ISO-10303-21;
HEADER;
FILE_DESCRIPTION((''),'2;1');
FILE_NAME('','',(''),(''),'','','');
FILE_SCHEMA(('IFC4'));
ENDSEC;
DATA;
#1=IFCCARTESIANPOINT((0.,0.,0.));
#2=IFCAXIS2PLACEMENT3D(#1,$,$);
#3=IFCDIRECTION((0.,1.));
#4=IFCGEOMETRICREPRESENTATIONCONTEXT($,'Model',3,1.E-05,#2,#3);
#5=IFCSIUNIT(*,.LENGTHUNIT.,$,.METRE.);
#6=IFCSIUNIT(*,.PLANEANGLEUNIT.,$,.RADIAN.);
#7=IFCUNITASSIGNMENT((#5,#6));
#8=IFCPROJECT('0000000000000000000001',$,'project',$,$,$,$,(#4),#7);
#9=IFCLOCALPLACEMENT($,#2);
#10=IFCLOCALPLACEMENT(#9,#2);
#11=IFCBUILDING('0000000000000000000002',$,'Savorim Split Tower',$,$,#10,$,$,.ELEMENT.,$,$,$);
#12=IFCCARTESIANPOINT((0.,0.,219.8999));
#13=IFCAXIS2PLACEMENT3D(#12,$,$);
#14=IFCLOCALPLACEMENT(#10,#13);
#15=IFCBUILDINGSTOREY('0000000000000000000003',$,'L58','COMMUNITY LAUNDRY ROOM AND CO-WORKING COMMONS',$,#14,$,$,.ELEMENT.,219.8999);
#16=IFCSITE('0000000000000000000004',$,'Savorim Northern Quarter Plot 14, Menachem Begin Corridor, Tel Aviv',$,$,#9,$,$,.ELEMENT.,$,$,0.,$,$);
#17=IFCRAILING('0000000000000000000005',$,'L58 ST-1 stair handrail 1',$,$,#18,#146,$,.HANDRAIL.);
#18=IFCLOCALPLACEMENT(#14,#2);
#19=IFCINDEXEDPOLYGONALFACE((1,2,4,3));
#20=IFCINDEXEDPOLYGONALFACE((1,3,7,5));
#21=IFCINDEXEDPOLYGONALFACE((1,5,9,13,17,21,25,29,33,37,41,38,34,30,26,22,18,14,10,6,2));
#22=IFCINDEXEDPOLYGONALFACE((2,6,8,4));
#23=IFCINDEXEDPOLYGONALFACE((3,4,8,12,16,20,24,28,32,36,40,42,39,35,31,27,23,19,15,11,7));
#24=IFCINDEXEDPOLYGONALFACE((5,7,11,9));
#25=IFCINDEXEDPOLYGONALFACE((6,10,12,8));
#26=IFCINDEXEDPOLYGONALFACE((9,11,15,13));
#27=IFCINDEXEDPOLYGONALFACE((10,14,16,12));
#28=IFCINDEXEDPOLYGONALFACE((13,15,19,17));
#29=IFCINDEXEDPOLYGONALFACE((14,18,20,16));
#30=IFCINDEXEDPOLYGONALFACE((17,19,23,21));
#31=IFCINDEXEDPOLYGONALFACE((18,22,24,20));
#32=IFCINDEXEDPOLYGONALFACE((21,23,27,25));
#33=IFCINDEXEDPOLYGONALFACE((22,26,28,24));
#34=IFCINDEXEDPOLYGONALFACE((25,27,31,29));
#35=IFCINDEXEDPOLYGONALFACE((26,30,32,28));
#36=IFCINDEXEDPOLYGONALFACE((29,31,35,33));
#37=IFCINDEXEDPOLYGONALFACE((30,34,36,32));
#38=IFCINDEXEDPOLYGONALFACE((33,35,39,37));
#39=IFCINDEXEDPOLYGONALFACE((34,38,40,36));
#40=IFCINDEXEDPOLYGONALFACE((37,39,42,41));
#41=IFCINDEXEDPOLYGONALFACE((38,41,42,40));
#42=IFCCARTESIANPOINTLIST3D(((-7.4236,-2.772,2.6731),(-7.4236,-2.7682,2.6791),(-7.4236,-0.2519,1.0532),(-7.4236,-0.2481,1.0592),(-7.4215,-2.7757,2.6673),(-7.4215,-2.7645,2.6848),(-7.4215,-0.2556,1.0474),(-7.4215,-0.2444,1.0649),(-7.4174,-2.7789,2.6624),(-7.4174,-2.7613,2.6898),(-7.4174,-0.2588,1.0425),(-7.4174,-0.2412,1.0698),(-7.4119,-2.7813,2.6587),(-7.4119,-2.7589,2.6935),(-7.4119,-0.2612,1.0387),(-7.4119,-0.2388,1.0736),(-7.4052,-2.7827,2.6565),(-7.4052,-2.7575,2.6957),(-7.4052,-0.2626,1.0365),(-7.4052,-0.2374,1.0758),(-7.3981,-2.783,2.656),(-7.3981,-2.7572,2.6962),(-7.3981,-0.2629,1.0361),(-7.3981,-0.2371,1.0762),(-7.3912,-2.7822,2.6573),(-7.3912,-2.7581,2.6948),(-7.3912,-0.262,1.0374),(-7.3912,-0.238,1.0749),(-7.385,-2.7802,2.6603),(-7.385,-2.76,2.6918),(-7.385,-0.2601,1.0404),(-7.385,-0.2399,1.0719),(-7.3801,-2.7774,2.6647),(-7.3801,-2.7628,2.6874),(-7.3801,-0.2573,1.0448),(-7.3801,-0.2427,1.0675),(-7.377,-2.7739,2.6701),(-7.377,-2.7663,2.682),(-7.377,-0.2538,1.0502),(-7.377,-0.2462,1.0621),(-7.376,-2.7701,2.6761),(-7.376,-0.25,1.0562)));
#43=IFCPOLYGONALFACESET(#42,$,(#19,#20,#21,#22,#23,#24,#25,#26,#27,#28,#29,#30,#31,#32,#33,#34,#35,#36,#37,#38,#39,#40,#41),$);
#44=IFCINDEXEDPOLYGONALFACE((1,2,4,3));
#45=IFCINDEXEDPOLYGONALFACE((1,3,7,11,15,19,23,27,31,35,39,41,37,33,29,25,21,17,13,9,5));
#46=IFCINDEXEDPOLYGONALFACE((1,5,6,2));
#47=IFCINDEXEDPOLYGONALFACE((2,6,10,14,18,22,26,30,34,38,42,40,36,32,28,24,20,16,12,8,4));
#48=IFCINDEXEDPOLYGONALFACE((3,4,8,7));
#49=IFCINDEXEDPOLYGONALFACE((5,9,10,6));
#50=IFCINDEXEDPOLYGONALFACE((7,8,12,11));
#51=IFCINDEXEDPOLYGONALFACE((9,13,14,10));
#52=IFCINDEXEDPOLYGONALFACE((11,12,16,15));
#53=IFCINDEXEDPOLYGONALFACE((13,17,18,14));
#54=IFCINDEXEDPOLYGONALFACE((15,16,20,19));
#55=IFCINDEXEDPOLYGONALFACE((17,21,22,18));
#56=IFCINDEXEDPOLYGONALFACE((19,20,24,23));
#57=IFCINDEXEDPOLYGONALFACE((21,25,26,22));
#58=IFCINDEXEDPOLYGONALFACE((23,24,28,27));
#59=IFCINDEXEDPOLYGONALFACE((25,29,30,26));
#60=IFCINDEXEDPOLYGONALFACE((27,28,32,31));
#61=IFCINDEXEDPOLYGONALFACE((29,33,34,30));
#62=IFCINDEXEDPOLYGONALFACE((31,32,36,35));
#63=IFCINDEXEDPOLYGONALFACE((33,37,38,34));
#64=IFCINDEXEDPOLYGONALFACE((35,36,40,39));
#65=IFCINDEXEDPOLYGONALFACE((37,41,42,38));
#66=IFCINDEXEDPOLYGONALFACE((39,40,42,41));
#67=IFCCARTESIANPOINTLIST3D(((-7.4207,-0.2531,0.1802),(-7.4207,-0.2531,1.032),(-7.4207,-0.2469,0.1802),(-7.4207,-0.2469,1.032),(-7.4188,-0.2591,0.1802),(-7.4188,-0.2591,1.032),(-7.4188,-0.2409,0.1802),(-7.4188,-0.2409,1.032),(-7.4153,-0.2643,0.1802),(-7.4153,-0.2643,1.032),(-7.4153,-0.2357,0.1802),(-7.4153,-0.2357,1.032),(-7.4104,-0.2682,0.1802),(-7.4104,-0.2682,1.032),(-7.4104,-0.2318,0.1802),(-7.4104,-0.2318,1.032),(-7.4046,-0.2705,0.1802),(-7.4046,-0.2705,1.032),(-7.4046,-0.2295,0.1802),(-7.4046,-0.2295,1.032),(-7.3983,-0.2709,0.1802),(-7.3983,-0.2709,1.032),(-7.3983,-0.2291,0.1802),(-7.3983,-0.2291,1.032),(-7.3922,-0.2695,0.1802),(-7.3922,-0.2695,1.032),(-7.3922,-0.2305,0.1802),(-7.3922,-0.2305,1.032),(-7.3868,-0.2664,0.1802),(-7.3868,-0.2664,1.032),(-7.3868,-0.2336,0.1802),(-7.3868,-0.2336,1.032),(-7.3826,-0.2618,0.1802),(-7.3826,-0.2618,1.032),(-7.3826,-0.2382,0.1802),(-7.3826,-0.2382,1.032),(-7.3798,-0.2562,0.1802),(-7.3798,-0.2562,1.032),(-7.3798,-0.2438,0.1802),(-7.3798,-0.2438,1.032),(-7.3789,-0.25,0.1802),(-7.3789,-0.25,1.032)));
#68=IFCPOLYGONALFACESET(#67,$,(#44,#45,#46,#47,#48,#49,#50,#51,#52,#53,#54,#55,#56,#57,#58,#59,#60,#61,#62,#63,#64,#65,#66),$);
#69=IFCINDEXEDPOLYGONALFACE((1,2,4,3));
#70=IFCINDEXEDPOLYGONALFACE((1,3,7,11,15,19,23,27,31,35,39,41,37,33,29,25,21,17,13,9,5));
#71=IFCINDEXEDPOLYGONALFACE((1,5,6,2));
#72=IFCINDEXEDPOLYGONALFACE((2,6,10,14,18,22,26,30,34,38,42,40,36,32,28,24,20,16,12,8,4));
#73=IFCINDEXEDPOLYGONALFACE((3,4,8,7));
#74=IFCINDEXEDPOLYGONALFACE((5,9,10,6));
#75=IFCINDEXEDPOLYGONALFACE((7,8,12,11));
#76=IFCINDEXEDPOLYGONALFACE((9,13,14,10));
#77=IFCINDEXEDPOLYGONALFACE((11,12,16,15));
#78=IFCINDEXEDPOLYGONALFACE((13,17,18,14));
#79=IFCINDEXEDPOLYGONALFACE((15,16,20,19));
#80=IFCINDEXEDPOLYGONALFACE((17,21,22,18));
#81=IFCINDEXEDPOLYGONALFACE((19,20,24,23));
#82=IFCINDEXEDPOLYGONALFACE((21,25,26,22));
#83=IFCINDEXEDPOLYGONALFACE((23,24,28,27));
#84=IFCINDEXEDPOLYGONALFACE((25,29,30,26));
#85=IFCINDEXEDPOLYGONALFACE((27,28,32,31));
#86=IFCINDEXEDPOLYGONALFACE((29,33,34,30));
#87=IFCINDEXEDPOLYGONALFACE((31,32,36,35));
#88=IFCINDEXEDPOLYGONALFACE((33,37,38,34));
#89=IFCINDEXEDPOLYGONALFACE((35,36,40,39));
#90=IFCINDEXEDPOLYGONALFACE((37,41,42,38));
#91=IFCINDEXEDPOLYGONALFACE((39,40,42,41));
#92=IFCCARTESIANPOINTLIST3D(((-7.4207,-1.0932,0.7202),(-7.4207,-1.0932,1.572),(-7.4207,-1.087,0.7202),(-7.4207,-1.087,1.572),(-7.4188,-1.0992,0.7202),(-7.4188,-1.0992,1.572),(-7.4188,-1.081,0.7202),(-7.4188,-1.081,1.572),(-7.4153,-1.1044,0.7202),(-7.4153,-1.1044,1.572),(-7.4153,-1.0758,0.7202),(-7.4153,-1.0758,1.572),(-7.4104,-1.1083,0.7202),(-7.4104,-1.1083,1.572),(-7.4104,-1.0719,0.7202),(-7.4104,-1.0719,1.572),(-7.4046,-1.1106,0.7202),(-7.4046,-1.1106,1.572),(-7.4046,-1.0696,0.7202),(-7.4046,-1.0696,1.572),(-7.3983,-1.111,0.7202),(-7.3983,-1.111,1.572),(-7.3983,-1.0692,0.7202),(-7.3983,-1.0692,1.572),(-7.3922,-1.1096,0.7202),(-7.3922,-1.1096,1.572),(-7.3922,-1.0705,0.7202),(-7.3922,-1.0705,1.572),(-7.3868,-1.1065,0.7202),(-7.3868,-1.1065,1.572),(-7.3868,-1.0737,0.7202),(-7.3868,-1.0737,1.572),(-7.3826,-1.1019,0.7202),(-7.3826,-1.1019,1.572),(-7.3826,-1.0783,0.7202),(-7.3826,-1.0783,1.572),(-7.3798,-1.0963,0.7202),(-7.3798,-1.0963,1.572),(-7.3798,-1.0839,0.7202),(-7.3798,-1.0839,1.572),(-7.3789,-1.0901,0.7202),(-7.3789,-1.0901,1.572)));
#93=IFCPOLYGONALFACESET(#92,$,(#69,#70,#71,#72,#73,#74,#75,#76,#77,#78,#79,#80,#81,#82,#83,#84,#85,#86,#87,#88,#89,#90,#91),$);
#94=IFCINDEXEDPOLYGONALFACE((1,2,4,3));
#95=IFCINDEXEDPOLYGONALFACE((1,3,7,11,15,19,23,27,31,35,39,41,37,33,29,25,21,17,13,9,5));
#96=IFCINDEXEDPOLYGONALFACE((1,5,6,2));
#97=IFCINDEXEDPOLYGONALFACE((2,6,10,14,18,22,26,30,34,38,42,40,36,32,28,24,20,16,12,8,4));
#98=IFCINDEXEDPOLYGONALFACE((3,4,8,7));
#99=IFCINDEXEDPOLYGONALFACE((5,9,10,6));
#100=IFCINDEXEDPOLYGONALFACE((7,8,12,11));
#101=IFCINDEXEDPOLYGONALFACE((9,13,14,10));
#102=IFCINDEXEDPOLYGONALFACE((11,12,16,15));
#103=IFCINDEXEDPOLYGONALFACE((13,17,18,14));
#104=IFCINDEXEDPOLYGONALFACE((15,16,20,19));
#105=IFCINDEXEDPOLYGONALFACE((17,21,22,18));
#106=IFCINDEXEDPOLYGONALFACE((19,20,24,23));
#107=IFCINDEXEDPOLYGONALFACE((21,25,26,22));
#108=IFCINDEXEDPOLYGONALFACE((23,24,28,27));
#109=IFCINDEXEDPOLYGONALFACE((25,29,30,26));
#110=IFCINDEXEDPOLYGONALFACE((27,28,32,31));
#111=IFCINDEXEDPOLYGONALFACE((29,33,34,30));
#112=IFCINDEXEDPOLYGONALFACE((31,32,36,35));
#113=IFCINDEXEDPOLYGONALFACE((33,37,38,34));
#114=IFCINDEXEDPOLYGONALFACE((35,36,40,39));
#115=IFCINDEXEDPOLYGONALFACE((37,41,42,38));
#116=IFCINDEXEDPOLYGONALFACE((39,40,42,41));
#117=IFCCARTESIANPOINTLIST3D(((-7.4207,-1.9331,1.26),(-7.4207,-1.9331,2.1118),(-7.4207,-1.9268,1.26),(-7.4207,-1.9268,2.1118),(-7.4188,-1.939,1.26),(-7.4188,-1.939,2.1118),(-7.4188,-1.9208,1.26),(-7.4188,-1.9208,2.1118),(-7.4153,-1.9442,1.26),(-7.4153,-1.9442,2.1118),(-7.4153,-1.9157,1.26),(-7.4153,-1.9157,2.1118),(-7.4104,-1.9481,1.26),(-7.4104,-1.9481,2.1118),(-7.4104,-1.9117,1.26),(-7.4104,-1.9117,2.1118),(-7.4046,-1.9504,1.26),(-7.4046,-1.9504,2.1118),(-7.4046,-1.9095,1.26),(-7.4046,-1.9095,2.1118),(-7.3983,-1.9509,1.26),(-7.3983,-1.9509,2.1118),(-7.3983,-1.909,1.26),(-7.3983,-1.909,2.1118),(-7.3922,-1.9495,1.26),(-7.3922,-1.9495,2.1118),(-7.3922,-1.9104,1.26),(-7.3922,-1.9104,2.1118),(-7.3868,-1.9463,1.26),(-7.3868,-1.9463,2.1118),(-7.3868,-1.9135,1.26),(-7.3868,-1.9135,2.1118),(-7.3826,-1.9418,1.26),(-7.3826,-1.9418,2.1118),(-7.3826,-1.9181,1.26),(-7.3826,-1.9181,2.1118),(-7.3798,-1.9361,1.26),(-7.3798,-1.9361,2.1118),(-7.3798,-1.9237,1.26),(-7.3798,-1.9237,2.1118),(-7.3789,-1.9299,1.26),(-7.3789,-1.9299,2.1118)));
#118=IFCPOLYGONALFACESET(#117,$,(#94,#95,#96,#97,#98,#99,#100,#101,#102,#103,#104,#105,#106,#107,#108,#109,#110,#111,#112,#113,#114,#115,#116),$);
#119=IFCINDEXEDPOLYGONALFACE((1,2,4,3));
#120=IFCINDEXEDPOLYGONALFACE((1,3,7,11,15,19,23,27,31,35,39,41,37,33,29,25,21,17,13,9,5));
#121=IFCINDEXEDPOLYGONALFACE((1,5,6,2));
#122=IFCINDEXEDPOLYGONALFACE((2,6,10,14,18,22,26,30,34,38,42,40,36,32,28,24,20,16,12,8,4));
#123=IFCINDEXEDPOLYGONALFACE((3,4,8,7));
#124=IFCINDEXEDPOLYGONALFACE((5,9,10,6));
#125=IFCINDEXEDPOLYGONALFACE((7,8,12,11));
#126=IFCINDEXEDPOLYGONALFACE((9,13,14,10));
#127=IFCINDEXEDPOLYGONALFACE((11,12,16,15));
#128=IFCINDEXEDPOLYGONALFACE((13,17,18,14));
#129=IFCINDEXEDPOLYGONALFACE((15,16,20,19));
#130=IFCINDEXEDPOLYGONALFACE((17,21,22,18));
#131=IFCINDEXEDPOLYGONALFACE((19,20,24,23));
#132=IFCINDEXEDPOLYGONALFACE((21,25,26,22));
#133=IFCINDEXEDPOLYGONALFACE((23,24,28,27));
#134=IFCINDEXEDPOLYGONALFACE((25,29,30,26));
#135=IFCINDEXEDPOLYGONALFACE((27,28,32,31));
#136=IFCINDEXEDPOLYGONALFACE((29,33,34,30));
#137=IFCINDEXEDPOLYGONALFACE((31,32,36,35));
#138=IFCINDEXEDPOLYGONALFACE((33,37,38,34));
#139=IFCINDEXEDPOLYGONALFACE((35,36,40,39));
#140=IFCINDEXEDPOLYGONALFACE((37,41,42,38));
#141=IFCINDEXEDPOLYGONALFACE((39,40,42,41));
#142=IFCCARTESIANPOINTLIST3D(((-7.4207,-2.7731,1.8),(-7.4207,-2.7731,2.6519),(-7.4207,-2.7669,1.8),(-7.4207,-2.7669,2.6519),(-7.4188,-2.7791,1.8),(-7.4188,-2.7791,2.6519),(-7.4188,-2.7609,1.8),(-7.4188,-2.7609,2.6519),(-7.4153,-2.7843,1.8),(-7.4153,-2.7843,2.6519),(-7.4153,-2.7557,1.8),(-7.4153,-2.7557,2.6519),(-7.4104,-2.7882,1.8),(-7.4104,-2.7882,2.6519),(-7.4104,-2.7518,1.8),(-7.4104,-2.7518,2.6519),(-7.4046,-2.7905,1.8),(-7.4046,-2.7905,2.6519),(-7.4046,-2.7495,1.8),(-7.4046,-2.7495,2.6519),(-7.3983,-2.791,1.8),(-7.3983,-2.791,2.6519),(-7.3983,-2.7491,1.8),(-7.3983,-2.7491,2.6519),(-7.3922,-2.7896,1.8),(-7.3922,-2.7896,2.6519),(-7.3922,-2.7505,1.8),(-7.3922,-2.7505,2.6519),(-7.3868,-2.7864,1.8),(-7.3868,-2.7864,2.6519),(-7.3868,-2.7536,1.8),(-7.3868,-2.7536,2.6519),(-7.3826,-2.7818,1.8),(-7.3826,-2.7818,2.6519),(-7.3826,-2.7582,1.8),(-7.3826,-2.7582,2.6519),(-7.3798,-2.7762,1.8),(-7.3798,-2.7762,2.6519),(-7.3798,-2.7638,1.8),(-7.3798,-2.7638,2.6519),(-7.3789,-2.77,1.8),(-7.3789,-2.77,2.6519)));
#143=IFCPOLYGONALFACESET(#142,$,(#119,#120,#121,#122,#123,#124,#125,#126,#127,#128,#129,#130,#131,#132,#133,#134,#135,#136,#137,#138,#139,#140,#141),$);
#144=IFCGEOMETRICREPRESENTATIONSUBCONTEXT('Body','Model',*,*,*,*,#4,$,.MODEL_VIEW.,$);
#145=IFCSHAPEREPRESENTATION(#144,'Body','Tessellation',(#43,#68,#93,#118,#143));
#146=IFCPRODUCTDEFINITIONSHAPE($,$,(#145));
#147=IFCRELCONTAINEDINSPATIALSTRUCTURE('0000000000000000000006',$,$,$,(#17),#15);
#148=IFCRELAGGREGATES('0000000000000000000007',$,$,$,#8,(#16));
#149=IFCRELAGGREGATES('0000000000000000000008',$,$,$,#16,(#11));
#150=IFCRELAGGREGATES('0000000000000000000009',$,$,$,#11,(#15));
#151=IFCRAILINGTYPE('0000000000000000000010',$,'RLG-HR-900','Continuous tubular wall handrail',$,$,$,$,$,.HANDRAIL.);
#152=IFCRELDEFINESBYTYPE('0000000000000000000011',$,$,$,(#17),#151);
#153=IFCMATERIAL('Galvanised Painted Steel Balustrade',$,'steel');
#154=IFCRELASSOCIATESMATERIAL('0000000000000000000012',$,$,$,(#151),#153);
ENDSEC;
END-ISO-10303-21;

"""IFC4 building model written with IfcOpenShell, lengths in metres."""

from ifc_helpers import new_model, si_unit, direction, frame, origin, origin_2d, place, context, subcontext, project, spatial, circle, extrude, material, type_object, element, save


model = new_model("IFC4")

# Units and contexts
model_context = context("Model", 3, precision=1e-05, world=origin(), true_north=direction((0.0, 1.0)))
body_context = subcontext(model_context, "Body", "Model", "MODEL_VIEW")
ifc_project = project(units=[si_unit("LENGTHUNIT", "METRE"), si_unit("PLANEANGLEUNIT", "RADIAN")], contexts=[model_context])

# Site, building, storey
site_placement = place(None, origin())
site = spatial("IfcSite", under=ifc_project, at=site_placement, Name="Savorim Northern Quarter Plot 14, Menachem Begin Corridor, Tel Aviv", CompositionType="ELEMENT", RefElevation=0.0)
building_placement = place(site_placement, origin())
building = spatial("IfcBuilding", under=site, at=building_placement, Name="Savorim Split Tower", CompositionType="ELEMENT")
storey_placement = place(building_placement, frame((0.0, 0.0, 219.8999)))
storey = spatial("IfcBuildingStorey", under=building, at=storey_placement, Name="L58", Description="COMMUNITY LAUNDRY ROOM AND CO-WORKING COMMONS", CompositionType="ELEMENT", Elevation=219.8999)

# Railing
ifc_material_1 = material(Name="Galvanised Painted Steel Balustrade", Category="steel")
railing_type_1 = type_object("IfcRailingType", Name="RLG-HR-900", Description="Continuous tubular wall handrail", PredefinedType="HANDRAIL", material=ifc_material_1)
railing_1_placement = place(storey_placement, frame((-7.3999, -0.25, 0.1802)))
element("IfcRailing", 1, at=railing_1_placement, inside=storey, type_object=railing_type_1, Name="L58 ST-1 stair handrail 1", PredefinedType="HANDRAIL", context=body_context, shape_type="SweptSolid", body=[
    extrude(circle(Radius=0.0239, at=origin_2d()), frame((0.0, 0.0, 0.876), z_axis=(0.0, -0.8412, 0.540725), x_axis=(1.0, 0.0, 0.0)), (0.0, 0.0, 1.0), 2.9958),
    extrude(circle(Radius=0.021, at=origin_2d()), origin(), (0.0, 0.0, 1.0), 0.8518),
    extrude(circle(Radius=0.021, at=origin_2d()), frame((0.0, -0.8401, 0.54)), (0.0, 0.0, 1.0), 0.8518),
    extrude(circle(Radius=0.021, at=origin_2d()), frame((0.0, -1.6799, 1.0798)), (0.0, 0.0, 1.0), 0.8518),
    extrude(circle(Radius=0.021, at=origin_2d()), frame((0.0, -2.52, 1.6199)), (0.0, 0.0, 1.0), 0.8518),
])

save(model, "model.ifc")
